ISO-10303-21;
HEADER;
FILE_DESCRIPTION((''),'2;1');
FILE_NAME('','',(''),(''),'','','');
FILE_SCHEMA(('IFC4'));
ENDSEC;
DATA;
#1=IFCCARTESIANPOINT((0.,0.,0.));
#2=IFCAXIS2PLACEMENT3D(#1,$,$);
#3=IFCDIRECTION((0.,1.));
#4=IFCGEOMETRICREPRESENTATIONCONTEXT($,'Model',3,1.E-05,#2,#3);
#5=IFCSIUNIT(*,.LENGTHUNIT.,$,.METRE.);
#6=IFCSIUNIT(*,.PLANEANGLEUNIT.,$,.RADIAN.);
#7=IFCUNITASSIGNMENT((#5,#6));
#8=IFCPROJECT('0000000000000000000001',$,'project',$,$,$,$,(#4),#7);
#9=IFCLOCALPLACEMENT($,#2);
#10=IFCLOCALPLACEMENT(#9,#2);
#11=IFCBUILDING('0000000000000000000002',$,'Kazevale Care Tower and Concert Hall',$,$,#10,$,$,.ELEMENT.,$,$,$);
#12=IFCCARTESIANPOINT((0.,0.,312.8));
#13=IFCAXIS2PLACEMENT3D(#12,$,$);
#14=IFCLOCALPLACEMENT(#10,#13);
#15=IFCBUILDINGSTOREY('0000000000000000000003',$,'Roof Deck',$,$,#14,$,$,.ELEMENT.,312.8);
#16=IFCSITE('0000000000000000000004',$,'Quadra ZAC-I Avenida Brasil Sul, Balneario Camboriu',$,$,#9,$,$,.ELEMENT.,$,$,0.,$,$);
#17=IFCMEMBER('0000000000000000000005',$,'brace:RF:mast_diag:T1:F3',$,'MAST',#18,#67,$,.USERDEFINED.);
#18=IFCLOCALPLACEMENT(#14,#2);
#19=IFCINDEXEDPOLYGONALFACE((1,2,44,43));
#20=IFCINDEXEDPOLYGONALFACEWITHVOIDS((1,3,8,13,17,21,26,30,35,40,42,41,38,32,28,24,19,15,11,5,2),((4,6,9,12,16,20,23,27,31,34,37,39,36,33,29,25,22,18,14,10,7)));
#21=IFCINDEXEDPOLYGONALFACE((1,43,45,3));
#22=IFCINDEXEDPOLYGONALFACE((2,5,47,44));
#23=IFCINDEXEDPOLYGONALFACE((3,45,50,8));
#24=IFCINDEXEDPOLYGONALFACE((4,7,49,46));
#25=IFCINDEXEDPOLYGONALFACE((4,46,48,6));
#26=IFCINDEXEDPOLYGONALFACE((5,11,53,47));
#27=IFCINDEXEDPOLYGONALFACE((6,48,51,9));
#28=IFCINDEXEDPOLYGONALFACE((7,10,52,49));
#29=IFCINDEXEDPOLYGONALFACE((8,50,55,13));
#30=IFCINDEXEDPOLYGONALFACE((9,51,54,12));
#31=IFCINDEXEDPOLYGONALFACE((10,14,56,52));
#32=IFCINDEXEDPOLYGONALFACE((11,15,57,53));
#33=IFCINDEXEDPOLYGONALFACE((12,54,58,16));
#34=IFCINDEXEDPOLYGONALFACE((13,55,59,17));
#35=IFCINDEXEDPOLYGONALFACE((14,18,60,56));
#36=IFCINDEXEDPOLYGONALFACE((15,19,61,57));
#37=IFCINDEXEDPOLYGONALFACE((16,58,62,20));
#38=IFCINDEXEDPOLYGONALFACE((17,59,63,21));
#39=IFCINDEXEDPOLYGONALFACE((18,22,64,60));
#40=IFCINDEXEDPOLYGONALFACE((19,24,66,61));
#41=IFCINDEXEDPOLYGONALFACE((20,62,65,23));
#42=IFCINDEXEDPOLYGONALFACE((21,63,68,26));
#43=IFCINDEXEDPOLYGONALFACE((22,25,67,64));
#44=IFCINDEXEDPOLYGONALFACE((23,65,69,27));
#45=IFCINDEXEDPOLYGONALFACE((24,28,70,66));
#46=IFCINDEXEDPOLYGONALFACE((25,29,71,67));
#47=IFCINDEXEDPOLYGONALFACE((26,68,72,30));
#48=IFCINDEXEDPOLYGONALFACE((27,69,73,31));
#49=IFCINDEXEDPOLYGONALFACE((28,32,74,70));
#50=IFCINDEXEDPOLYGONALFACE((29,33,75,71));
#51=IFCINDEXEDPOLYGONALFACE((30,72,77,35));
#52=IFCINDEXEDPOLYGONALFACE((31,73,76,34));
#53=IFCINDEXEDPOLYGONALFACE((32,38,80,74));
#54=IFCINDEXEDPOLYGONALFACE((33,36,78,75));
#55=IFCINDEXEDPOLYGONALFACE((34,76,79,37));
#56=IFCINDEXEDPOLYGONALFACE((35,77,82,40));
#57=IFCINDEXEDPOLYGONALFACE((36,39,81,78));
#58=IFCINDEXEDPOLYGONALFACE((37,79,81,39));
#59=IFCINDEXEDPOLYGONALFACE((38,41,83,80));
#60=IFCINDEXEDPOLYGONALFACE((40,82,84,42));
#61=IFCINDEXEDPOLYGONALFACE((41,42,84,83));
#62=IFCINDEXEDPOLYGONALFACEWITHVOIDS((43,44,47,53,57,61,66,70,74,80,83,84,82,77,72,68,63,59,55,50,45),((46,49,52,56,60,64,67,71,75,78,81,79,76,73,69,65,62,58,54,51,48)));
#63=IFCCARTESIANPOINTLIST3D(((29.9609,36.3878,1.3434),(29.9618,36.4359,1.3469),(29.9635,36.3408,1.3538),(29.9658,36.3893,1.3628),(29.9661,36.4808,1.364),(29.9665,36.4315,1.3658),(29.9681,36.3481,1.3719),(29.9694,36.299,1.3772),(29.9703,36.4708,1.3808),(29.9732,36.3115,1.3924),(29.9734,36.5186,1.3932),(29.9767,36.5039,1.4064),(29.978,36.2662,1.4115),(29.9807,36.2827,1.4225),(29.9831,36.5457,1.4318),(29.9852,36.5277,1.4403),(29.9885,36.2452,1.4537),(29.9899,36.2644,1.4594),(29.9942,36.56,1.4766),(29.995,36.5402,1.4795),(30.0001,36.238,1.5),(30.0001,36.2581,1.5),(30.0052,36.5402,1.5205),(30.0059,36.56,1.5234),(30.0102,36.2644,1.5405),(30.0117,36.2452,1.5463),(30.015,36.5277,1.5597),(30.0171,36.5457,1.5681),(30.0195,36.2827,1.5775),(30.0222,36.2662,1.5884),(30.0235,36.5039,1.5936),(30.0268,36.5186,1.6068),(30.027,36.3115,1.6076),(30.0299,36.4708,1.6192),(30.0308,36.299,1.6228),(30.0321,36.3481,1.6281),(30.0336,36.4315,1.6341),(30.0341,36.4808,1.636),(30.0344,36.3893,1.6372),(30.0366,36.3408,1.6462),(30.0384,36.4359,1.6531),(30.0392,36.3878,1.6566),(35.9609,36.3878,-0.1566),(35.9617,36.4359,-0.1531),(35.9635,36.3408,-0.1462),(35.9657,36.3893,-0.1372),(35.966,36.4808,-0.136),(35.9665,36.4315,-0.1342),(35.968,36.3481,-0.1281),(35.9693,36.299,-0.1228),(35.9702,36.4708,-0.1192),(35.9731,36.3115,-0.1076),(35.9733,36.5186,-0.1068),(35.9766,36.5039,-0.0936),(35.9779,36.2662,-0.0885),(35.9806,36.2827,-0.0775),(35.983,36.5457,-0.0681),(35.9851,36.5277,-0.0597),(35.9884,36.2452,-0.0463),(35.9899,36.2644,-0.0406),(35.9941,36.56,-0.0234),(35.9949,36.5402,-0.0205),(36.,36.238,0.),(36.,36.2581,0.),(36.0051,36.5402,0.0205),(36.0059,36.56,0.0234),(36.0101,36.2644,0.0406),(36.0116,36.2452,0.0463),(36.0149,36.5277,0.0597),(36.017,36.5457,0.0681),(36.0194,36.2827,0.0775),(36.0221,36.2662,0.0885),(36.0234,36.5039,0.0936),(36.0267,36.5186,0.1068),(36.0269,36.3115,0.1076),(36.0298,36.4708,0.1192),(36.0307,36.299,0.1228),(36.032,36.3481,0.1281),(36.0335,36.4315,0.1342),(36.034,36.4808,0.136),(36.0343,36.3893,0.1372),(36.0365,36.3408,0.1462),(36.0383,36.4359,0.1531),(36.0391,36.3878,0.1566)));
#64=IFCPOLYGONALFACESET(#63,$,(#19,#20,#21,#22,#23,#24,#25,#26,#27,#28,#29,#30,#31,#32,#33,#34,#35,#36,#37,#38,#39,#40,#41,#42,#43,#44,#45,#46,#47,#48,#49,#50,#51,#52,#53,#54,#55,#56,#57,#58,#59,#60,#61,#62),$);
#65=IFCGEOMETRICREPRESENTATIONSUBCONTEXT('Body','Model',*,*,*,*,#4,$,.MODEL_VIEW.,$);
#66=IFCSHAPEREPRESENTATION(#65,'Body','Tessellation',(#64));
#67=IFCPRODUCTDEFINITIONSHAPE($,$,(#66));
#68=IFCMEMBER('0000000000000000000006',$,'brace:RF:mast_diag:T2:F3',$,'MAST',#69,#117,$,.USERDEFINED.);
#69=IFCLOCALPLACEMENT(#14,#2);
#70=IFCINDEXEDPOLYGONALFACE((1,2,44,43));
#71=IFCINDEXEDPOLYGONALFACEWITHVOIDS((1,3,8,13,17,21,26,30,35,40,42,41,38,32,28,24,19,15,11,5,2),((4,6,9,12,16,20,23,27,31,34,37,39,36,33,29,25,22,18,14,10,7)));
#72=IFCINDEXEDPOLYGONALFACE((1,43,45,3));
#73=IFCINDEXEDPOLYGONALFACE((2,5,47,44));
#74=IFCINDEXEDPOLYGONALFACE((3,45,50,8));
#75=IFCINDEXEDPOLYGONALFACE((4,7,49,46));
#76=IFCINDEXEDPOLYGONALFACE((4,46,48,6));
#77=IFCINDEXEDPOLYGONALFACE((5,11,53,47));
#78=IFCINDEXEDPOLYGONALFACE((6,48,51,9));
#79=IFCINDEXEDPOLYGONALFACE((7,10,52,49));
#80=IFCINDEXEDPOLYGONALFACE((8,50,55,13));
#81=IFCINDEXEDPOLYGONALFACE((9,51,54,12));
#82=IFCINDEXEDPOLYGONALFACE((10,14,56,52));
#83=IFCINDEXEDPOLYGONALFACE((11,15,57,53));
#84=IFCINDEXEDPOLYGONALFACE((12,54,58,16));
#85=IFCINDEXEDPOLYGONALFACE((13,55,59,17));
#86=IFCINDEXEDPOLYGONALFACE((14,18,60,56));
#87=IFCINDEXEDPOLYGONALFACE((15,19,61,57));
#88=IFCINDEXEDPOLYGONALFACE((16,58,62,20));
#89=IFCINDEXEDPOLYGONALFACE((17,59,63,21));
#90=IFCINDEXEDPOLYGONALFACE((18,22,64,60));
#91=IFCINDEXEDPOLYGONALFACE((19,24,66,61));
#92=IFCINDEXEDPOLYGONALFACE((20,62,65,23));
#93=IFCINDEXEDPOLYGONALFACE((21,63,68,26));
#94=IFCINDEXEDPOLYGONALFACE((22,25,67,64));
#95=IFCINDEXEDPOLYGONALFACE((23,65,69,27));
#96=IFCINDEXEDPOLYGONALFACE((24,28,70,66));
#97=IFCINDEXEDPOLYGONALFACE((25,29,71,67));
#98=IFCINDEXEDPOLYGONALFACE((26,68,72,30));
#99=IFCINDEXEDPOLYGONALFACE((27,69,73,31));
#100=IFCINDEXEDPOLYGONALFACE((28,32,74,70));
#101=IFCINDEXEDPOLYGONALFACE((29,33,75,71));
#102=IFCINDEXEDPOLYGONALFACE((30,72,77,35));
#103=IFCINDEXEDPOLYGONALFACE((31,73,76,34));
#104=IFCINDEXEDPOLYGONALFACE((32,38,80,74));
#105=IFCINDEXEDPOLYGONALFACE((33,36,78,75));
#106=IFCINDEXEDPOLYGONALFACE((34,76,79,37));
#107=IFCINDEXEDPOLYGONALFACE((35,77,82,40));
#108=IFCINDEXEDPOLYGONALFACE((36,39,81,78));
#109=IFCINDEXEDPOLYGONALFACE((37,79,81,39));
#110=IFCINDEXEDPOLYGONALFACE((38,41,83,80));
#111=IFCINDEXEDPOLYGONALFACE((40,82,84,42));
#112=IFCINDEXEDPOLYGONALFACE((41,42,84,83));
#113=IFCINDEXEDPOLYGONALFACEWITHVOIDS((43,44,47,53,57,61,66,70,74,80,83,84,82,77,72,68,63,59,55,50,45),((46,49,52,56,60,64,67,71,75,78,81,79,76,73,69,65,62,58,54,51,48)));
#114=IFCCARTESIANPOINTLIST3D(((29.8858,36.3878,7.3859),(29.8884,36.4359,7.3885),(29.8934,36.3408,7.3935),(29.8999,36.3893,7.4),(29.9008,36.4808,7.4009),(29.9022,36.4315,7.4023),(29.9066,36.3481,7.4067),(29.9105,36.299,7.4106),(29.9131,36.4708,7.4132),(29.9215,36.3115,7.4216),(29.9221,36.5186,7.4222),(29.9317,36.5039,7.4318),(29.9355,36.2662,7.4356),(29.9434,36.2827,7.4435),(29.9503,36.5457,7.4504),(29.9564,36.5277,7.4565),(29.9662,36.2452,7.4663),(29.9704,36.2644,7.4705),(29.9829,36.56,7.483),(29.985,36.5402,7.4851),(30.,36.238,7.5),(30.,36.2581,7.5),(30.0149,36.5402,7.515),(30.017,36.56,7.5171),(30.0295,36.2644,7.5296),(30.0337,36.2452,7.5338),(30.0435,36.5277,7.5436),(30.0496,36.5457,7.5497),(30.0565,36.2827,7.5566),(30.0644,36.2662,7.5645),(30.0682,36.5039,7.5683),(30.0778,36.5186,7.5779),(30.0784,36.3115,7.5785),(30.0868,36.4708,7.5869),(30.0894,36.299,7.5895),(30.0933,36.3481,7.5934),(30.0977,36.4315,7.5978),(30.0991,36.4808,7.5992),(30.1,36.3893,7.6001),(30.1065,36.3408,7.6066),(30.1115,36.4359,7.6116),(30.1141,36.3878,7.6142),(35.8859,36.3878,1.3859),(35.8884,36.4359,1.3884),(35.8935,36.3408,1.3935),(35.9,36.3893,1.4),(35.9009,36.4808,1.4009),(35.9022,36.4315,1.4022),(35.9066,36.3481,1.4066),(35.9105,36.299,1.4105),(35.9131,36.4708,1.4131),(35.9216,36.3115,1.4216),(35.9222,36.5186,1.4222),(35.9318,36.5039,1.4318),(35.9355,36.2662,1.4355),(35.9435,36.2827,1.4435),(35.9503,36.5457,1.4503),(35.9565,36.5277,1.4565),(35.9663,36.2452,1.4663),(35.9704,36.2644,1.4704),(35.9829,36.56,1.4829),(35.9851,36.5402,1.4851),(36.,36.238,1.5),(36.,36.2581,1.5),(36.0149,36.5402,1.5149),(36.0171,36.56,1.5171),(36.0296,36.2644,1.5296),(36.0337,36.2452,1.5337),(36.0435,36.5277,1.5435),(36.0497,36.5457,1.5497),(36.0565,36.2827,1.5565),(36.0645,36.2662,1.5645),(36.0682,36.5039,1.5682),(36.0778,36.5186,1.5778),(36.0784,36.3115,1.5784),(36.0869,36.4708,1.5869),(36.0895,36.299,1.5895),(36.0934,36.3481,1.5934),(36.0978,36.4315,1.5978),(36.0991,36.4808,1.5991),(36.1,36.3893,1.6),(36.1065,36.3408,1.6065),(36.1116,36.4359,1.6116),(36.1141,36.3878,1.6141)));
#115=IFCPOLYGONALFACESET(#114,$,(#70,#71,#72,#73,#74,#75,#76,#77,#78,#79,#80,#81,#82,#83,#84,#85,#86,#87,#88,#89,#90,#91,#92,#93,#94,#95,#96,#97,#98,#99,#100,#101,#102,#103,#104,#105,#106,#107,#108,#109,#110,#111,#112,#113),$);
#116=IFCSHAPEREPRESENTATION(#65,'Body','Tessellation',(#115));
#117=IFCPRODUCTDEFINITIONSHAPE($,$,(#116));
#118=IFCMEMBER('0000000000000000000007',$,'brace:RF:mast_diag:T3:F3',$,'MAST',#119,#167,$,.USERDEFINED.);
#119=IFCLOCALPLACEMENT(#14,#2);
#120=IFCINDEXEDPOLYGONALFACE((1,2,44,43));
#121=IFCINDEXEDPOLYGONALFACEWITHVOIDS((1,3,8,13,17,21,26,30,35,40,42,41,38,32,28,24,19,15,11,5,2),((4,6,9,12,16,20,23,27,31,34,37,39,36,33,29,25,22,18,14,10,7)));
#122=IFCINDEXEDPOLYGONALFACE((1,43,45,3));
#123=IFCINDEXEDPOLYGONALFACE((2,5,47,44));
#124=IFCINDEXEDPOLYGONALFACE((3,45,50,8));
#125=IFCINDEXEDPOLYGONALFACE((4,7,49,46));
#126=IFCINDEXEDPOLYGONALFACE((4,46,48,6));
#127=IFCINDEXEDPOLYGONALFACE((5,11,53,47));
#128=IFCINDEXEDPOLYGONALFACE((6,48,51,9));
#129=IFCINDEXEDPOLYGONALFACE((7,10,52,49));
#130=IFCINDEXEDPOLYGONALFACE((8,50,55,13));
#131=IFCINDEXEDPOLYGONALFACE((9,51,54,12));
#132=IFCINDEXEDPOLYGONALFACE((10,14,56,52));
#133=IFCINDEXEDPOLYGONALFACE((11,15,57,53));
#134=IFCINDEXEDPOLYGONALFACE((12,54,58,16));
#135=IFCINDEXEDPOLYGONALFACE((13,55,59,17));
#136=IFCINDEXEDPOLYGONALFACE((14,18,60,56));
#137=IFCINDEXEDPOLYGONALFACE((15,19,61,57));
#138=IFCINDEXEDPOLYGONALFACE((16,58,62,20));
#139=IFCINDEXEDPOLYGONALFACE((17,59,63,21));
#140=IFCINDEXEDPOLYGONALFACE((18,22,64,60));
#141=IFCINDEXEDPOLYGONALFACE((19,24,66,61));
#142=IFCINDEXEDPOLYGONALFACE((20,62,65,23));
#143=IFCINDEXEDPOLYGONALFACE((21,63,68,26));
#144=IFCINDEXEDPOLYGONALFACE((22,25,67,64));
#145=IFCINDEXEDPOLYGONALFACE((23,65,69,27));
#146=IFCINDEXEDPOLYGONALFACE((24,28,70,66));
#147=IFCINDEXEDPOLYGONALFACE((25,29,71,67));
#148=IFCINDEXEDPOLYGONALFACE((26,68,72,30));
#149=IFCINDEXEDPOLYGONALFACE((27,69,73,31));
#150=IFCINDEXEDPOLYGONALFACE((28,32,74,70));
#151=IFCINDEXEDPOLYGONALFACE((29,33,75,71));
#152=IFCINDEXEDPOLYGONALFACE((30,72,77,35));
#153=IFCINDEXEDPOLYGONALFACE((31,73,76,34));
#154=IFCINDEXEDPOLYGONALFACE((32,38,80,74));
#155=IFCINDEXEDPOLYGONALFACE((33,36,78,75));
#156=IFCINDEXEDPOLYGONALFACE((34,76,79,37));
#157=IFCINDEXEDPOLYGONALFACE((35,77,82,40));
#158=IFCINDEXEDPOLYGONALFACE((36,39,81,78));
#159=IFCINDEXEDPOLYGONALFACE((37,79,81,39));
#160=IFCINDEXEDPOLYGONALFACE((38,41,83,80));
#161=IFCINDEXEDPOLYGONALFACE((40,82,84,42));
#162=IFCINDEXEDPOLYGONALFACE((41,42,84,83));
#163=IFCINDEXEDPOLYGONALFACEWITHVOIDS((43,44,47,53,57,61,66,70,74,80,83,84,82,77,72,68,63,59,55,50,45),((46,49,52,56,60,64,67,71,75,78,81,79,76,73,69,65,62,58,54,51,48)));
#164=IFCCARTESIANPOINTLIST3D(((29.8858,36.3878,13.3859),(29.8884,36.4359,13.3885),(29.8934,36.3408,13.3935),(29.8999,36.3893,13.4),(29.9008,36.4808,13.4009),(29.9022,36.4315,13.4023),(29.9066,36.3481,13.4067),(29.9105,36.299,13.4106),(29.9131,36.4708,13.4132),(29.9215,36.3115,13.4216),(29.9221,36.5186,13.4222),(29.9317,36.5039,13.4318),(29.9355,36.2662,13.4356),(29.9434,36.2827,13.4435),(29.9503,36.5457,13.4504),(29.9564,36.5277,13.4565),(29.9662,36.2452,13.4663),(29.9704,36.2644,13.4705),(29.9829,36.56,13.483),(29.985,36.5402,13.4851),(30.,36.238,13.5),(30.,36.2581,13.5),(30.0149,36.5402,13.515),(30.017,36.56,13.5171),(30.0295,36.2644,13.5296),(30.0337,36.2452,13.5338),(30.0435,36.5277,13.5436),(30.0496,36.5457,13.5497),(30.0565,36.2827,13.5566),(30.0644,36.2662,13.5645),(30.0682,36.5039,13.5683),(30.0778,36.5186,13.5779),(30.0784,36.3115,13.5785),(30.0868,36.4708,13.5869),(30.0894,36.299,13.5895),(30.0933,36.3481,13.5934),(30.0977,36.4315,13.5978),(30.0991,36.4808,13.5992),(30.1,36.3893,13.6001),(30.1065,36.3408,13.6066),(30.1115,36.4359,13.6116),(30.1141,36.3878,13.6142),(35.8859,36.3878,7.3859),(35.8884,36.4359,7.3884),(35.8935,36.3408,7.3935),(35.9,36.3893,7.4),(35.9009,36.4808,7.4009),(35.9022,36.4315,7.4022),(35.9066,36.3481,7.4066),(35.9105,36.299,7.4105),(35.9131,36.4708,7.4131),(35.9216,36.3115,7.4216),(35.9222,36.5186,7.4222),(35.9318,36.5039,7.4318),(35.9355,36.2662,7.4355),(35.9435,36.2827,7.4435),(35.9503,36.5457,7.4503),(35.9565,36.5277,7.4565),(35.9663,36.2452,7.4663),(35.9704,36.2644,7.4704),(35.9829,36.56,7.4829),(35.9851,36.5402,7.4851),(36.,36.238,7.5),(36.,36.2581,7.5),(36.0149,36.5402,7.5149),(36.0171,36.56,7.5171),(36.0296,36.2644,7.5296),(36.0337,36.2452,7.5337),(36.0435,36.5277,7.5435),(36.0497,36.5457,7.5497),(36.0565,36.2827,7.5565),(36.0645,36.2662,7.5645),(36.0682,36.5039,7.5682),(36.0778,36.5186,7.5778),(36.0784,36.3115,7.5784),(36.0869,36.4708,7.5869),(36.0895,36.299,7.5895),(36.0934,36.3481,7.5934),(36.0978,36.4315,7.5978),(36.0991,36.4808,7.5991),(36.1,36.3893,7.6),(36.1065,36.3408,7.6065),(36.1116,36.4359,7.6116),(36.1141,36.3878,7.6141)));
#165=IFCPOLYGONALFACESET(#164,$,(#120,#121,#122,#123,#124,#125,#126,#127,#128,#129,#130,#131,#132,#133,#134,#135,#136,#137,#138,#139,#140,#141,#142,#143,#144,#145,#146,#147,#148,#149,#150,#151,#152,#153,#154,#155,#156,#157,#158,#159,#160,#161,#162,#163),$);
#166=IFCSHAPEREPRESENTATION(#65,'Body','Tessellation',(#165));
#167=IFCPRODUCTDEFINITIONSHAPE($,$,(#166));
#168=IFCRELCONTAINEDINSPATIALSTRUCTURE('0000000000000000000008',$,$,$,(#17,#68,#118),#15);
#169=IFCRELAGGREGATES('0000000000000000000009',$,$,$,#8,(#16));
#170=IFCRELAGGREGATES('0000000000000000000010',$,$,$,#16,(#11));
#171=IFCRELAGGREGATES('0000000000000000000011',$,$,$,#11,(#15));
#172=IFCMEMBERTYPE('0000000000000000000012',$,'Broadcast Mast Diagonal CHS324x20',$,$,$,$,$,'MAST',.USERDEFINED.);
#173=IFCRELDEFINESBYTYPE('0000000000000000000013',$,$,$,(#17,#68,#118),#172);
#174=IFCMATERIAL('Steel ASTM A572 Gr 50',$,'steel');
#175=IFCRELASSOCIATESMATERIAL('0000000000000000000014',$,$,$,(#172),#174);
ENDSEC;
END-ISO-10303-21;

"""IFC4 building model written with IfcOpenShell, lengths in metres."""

from ifc_helpers import new_model, si_unit, direction, frame, origin, origin_2d, place, context, subcontext, project, spatial, hollow_circle, extrude, material, material_profile, profile_set, type_object, element, save


model = new_model("IFC4")

# Units and contexts
model_context = context("Model", 3, precision=1e-05, world=origin(), true_north=direction((0.0, 1.0)))
body_context = subcontext(model_context, "Body", "Model", "MODEL_VIEW")
ifc_project = project(units=[si_unit("LENGTHUNIT", "METRE"), si_unit("PLANEANGLEUNIT", "RADIAN")], contexts=[model_context])

# Site, building, storey
site_placement = place(None, origin())
site = spatial("IfcSite", under=ifc_project, at=site_placement, Name="Quadra ZAC-I Avenida Brasil Sul, Balneario Camboriu", CompositionType="ELEMENT", RefElevation=0.0)
building_placement = place(site_placement, origin())
building = spatial("IfcBuilding", under=site, at=building_placement, Name="Kazevale Care Tower and Concert Hall", CompositionType="ELEMENT")
storey_placement = place(building_placement, frame((0.0, 0.0, 312.8)))
storey = spatial("IfcBuildingStorey", under=building, at=storey_placement, Name="Roof Deck", CompositionType="ELEMENT", Elevation=312.8)

# Shared definitions
ifc_material_1 = material(Name="Steel ASTM A572 Gr 50", Category="steel")

# Members
ifc_material_profile_1 = material_profile(ifc_material_1, hollow_circle(Radius=0.1619, WallThickness=0.02, at=origin_2d()), Name="CHS324x20")
ifc_profile_set_1 = profile_set([ifc_material_profile_1], Name="Steel ASTM A572 Gr 50")
member_type = type_object("IfcMemberType", Name="Broadcast Mast Diagonal CHS324x20", ElementType="MAST", PredefinedType="USERDEFINED", material=ifc_profile_set_1)
member_1_placement = place(storey_placement, frame((36.0, 36.3999, 0.0), z_axis=(-0.970143, 0.0, 0.242536), x_axis=(0.0, -1.0, 0.0)))
element("IfcMember", 1, at=member_1_placement, inside=storey, type_object=member_type, Name="brace:RF:mast_diag:T1:F3", ObjectType="MAST", PredefinedType="USERDEFINED", context=body_context, shape_type="SweptSolid", body=[
    extrude(hollow_circle(Radius=0.1619, WallThickness=0.02, at=origin_2d()), origin(), (0.0, 0.0, 1.0), 6.1846),
])
for number, where, z_axis, x_axis, name in (
    (2, (36.0, 36.3999, 1.5), (-0.707107, 0.0, 0.707107), (0.0, -1.0, 0.0), "brace:RF:mast_diag:T2:F3"),
    (3, (36.0, 36.3999, 7.5), (-0.707107, 0.0, 0.707107), (0.0, -1.0, 0.0), "brace:RF:mast_diag:T3:F3"),
):
    element("IfcMember", number, at=place(storey_placement, frame(where, z_axis=z_axis, x_axis=x_axis)), inside=storey, type_object=member_type, Name=name, ObjectType="MAST", PredefinedType="USERDEFINED", context=body_context, shape_type="SweptSolid", body=[
        extrude(hollow_circle(Radius=0.1619, WallThickness=0.02, at=origin_2d()), origin(), (0.0, 0.0, 1.0), 8.4854),
    ])

save(model, "model.ifc")
